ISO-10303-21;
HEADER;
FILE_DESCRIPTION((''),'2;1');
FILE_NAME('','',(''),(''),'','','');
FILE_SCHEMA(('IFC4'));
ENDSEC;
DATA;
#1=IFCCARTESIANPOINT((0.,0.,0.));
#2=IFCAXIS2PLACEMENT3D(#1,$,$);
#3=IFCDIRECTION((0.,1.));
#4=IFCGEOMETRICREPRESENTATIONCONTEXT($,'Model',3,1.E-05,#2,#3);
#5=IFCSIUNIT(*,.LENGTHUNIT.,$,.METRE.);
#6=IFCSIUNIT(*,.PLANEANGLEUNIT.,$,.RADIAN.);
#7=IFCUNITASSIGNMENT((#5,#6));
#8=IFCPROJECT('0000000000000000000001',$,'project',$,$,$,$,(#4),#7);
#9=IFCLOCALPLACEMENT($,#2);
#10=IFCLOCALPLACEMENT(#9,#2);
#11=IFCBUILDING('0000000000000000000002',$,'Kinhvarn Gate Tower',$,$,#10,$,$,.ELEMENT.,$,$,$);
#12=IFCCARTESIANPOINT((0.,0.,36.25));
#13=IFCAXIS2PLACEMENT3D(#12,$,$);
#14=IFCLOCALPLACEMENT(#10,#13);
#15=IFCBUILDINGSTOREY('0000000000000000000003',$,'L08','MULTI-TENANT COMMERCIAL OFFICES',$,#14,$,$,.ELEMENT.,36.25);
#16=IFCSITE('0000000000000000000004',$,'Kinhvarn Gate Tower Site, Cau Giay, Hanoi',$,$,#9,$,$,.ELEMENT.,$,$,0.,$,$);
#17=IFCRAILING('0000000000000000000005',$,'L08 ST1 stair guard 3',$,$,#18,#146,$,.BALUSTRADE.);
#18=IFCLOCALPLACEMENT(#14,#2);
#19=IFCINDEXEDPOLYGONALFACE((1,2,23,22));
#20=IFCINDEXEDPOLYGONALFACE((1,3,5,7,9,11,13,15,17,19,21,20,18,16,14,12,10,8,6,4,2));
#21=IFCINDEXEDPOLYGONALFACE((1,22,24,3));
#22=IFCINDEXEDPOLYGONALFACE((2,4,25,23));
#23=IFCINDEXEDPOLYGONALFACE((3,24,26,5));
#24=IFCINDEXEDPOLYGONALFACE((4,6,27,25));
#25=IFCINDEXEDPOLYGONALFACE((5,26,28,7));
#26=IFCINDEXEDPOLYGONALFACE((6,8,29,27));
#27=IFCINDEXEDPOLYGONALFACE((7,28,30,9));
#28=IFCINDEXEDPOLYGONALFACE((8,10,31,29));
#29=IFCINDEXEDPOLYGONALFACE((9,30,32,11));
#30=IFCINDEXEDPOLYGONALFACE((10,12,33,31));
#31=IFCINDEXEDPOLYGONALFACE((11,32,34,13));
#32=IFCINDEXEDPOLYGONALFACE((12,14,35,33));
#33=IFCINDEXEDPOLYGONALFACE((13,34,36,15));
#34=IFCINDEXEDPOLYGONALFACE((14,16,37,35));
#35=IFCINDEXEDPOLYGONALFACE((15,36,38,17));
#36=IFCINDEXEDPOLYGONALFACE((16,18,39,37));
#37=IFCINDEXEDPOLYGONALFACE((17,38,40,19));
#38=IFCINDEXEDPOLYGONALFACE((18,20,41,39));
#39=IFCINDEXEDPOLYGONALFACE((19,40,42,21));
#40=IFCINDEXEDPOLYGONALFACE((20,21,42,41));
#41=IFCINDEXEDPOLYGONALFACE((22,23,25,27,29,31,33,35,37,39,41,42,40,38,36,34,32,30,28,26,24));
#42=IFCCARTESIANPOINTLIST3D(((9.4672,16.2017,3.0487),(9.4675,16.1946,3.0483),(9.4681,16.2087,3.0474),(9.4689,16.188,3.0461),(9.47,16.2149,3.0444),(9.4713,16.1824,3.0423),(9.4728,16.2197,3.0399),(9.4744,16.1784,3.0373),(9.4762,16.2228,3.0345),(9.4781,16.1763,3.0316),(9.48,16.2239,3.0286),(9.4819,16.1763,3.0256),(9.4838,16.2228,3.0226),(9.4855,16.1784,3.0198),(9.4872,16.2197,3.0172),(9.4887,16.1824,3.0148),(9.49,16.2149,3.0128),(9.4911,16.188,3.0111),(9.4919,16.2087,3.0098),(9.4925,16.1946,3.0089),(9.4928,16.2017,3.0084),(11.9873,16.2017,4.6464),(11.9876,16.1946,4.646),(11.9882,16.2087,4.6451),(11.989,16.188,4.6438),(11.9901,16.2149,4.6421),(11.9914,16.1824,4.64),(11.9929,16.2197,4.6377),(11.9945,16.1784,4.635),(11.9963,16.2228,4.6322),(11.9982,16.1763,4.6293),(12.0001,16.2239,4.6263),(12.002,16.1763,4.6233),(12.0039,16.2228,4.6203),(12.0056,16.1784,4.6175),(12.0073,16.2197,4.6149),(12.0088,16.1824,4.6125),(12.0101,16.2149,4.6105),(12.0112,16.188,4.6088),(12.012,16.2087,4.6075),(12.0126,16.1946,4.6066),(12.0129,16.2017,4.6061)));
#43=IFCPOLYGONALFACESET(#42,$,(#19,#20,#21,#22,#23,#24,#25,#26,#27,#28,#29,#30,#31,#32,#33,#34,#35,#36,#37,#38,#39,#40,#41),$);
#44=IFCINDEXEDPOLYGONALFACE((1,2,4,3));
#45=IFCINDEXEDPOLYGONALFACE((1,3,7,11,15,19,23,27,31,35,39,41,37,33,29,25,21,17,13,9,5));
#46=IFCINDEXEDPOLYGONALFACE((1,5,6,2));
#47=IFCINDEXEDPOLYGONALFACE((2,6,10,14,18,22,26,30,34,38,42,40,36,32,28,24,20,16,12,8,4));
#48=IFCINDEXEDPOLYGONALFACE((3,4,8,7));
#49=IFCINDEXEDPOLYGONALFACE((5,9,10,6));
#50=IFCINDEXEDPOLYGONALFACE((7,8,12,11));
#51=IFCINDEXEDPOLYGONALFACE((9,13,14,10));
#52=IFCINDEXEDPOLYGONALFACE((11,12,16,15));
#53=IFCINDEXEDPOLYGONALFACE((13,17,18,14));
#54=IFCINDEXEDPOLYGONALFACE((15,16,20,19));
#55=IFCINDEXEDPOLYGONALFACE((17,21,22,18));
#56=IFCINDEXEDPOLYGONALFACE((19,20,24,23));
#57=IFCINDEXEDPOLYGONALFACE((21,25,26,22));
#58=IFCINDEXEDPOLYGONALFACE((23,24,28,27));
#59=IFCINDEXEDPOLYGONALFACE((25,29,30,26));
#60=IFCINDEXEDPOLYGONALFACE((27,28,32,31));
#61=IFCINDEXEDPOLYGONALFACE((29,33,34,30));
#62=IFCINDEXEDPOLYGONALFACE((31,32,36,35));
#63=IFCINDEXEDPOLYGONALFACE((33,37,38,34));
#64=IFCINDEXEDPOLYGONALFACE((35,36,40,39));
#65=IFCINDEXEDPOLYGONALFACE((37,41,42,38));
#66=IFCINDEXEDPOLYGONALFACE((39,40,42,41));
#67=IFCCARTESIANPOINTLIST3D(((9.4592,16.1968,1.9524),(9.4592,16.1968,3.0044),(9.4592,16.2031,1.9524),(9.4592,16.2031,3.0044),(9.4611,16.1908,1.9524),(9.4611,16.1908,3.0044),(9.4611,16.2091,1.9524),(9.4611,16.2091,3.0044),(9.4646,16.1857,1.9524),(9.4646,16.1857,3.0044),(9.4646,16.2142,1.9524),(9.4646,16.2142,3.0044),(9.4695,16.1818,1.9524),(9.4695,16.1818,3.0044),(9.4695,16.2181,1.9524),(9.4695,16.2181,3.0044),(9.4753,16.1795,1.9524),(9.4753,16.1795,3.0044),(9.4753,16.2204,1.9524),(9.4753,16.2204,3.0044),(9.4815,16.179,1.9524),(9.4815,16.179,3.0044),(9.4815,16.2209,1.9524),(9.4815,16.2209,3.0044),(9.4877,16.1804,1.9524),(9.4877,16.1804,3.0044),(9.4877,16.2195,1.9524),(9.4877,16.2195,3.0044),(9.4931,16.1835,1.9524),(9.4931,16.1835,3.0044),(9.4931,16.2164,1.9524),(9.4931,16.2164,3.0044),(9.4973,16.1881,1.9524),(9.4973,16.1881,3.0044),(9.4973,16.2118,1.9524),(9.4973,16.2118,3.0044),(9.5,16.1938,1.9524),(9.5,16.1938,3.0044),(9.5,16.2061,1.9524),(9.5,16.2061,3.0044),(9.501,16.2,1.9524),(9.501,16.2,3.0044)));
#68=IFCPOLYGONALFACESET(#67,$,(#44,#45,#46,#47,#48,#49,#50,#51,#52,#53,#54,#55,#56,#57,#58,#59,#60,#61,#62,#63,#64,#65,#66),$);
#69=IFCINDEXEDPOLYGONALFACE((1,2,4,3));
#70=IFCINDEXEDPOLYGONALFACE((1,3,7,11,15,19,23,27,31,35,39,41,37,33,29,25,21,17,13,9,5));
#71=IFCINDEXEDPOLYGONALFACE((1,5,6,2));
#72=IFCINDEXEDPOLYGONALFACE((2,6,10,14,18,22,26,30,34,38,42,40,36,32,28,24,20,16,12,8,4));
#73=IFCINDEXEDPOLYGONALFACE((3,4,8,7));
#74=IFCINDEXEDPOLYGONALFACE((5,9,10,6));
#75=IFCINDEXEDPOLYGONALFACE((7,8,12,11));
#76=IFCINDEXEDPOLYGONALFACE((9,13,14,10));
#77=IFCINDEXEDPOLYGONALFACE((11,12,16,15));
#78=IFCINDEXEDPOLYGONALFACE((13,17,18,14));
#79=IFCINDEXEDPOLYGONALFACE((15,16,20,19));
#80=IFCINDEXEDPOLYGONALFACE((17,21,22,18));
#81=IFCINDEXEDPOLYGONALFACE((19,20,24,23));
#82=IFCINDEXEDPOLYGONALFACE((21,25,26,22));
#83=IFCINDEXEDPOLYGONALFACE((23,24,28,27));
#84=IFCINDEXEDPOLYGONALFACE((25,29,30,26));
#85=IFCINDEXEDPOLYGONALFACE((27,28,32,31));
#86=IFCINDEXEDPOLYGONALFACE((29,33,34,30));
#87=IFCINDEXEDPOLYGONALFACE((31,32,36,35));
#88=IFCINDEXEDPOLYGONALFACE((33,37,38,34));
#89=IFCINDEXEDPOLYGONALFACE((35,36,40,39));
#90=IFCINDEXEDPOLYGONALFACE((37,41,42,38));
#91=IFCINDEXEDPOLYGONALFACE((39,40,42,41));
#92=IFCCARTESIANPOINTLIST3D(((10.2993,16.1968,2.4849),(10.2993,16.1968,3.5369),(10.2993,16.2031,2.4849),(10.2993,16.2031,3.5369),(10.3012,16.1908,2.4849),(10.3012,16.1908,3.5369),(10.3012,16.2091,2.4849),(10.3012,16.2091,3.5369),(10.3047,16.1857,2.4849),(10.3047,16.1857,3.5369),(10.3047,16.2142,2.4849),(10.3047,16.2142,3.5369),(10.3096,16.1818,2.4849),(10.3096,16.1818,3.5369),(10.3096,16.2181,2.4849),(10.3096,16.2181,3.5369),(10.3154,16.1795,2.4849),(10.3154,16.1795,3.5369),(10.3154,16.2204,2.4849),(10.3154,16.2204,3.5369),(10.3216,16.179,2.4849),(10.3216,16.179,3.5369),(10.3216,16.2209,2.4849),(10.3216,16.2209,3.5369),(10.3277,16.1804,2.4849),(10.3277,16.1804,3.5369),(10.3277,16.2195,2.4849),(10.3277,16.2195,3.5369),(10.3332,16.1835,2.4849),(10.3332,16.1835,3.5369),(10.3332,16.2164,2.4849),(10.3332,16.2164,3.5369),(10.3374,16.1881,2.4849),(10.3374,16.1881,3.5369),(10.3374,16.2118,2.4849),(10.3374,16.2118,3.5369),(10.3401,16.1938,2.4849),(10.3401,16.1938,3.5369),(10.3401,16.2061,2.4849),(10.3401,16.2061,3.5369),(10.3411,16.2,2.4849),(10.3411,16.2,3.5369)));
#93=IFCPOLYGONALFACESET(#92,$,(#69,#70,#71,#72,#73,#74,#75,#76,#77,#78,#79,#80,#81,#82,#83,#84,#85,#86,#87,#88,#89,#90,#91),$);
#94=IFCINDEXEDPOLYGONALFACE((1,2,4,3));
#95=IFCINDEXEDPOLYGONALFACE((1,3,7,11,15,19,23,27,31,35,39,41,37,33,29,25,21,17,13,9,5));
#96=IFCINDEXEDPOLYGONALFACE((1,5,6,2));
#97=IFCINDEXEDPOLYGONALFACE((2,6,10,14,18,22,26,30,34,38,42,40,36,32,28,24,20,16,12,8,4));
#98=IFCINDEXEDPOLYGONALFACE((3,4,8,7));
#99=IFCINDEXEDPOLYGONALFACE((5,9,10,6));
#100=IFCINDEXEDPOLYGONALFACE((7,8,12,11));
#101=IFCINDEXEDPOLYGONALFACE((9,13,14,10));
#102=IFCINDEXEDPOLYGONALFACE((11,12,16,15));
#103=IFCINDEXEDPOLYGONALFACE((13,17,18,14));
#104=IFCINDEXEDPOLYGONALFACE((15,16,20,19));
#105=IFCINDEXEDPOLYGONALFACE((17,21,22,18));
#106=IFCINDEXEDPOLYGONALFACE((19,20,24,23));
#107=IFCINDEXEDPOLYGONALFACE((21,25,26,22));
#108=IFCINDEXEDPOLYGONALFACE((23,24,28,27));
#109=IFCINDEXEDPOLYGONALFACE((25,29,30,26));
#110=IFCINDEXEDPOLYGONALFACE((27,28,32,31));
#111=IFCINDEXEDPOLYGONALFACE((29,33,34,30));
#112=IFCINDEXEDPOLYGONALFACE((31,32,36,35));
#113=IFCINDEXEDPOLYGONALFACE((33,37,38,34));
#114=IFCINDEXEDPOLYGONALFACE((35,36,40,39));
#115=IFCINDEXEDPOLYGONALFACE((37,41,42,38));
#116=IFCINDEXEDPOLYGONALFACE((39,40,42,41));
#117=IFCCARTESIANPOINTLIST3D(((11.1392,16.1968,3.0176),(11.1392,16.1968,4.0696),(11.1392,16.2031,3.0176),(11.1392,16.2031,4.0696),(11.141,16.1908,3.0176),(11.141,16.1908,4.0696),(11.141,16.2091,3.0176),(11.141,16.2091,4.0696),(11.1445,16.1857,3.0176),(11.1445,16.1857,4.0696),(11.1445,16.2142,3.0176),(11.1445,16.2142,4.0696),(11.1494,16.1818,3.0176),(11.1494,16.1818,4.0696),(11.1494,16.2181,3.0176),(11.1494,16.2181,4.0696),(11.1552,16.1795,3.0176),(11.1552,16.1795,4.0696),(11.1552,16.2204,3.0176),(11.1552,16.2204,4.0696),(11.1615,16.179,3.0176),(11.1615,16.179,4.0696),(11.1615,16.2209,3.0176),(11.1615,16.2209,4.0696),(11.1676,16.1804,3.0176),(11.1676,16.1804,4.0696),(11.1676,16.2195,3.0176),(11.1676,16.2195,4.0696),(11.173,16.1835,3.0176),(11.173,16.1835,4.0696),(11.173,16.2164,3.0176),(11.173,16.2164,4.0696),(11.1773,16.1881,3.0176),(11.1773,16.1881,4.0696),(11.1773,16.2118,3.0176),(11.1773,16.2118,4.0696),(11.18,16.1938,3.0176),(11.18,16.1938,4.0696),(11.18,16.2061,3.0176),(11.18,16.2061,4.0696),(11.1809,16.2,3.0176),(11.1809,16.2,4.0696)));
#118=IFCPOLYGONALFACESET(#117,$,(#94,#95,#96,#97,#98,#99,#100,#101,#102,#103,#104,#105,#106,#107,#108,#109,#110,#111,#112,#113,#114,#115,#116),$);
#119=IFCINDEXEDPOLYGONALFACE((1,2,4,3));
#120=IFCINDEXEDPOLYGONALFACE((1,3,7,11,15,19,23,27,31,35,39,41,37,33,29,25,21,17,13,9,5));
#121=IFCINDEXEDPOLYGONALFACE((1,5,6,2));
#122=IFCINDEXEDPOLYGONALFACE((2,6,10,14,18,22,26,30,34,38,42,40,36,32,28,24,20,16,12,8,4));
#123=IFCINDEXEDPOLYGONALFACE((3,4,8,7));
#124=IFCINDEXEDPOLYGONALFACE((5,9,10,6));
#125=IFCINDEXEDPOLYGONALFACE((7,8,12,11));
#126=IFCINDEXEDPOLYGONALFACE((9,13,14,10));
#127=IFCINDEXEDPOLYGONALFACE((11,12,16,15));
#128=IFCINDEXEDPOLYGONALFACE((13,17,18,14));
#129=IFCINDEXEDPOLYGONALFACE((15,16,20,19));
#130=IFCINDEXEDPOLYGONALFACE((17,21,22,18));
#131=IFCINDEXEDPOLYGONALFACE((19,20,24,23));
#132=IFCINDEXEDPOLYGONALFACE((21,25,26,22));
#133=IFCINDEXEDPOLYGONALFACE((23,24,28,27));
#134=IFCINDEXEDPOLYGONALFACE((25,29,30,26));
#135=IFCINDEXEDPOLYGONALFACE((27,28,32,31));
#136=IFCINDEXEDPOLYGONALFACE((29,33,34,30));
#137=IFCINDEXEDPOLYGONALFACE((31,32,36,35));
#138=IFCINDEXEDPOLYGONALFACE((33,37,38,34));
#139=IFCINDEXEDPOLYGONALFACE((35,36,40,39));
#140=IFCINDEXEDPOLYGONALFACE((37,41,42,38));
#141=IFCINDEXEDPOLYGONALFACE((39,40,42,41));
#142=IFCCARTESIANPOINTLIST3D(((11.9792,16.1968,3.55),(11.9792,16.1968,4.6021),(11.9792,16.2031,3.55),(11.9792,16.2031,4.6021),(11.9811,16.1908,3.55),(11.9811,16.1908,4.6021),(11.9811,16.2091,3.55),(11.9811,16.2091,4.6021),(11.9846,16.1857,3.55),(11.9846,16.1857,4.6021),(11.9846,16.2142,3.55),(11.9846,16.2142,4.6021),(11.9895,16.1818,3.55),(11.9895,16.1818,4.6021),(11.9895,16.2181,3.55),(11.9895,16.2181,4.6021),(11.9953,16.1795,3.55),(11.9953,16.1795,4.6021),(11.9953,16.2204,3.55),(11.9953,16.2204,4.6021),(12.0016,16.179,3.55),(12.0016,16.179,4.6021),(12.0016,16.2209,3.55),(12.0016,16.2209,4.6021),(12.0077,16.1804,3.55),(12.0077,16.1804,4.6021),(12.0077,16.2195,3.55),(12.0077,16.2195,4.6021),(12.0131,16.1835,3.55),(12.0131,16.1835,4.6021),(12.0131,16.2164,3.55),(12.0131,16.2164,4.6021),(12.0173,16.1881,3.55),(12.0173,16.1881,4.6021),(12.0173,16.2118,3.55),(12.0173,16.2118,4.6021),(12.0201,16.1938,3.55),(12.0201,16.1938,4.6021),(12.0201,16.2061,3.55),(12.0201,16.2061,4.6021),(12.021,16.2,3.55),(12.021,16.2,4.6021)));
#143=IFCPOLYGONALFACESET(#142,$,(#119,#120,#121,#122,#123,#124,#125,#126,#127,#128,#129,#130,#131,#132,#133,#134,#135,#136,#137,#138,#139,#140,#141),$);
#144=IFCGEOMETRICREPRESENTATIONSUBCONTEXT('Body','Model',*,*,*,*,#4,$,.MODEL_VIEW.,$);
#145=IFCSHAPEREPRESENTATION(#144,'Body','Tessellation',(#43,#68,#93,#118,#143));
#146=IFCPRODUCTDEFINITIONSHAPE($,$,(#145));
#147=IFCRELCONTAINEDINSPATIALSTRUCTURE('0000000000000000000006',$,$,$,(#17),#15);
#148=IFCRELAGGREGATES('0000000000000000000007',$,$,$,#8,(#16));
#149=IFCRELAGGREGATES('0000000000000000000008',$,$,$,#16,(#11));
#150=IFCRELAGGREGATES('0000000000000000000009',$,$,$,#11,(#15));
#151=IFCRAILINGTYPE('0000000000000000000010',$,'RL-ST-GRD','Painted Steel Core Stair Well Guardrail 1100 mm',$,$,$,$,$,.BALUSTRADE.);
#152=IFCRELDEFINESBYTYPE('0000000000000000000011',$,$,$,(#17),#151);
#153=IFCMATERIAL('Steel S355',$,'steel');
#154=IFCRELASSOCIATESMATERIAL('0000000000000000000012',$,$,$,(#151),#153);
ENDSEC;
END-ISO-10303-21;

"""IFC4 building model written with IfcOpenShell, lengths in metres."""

from ifc_helpers import new_model, si_unit, direction, frame, origin, origin_2d, place, context, subcontext, project, spatial, circle, extrude, material, type_object, element, save


model = new_model("IFC4")

# Units and contexts
model_context = context("Model", 3, precision=1e-05, world=origin(), true_north=direction((0.0, 1.0)))
body_context = subcontext(model_context, "Body", "Model", "MODEL_VIEW")
ifc_project = project(units=[si_unit("LENGTHUNIT", "METRE"), si_unit("PLANEANGLEUNIT", "RADIAN")], contexts=[model_context])

# Site, building, storey
site_placement = place(None, origin())
site = spatial("IfcSite", under=ifc_project, at=site_placement, Name="Kinhvarn Gate Tower Site, Cau Giay, Hanoi", CompositionType="ELEMENT", RefElevation=0.0)
building_placement = place(site_placement, origin())
building = spatial("IfcBuilding", under=site, at=building_placement, Name="Kinhvarn Gate Tower", CompositionType="ELEMENT")
storey_placement = place(building_placement, frame((0.0, 0.0, 36.25)))
storey = spatial("IfcBuildingStorey", under=building, at=storey_placement, Name="L08", Description="MULTI-TENANT COMMERCIAL OFFICES", CompositionType="ELEMENT", Elevation=36.25)

# Shared definitions
ifc_material_1 = material(Name="Steel S355", Category="steel")

# Railing
railing_type_1 = type_object("IfcRailingType", Name="RL-ST-GRD", Description="Painted Steel Core Stair Well Guardrail 1100 mm", PredefinedType="BALUSTRADE", material=ifc_material_1)
railing_1_placement = place(storey_placement, frame((9.48, 16.2, 1.9524)))
element("IfcRailing", 1, at=railing_1_placement, inside=storey, type_object=railing_type_1, Name="L08 ST1 stair guard 3", PredefinedType="BALUSTRADE", context=body_context, shape_type="SweptSolid", body=[
    extrude(circle(Radius=0.0239, at=origin_2d()), frame((0.0, 0.0, 1.0762), z_axis=(0.84457, 0.0, 0.535445), x_axis=(0.0, 1.0, 0.0)), (0.0, 0.0, 1.0), 2.9839),
    extrude(circle(Radius=0.021, at=origin_2d()), origin(), (0.0, 0.0, 1.0), 1.052),
    extrude(circle(Radius=0.021, at=origin_2d()), frame((0.8401, 0.0, 0.5325)), (0.0, 0.0, 1.0), 1.052),
    extrude(circle(Radius=0.021, at=origin_2d()), frame((1.6799, 0.0, 1.0652)), (0.0, 0.0, 1.0), 1.052),
    extrude(circle(Radius=0.021, at=origin_2d()), frame((2.52, 0.0, 1.5977)), (0.0, 0.0, 1.0), 1.052),
])

save(model, "model.ifc")
